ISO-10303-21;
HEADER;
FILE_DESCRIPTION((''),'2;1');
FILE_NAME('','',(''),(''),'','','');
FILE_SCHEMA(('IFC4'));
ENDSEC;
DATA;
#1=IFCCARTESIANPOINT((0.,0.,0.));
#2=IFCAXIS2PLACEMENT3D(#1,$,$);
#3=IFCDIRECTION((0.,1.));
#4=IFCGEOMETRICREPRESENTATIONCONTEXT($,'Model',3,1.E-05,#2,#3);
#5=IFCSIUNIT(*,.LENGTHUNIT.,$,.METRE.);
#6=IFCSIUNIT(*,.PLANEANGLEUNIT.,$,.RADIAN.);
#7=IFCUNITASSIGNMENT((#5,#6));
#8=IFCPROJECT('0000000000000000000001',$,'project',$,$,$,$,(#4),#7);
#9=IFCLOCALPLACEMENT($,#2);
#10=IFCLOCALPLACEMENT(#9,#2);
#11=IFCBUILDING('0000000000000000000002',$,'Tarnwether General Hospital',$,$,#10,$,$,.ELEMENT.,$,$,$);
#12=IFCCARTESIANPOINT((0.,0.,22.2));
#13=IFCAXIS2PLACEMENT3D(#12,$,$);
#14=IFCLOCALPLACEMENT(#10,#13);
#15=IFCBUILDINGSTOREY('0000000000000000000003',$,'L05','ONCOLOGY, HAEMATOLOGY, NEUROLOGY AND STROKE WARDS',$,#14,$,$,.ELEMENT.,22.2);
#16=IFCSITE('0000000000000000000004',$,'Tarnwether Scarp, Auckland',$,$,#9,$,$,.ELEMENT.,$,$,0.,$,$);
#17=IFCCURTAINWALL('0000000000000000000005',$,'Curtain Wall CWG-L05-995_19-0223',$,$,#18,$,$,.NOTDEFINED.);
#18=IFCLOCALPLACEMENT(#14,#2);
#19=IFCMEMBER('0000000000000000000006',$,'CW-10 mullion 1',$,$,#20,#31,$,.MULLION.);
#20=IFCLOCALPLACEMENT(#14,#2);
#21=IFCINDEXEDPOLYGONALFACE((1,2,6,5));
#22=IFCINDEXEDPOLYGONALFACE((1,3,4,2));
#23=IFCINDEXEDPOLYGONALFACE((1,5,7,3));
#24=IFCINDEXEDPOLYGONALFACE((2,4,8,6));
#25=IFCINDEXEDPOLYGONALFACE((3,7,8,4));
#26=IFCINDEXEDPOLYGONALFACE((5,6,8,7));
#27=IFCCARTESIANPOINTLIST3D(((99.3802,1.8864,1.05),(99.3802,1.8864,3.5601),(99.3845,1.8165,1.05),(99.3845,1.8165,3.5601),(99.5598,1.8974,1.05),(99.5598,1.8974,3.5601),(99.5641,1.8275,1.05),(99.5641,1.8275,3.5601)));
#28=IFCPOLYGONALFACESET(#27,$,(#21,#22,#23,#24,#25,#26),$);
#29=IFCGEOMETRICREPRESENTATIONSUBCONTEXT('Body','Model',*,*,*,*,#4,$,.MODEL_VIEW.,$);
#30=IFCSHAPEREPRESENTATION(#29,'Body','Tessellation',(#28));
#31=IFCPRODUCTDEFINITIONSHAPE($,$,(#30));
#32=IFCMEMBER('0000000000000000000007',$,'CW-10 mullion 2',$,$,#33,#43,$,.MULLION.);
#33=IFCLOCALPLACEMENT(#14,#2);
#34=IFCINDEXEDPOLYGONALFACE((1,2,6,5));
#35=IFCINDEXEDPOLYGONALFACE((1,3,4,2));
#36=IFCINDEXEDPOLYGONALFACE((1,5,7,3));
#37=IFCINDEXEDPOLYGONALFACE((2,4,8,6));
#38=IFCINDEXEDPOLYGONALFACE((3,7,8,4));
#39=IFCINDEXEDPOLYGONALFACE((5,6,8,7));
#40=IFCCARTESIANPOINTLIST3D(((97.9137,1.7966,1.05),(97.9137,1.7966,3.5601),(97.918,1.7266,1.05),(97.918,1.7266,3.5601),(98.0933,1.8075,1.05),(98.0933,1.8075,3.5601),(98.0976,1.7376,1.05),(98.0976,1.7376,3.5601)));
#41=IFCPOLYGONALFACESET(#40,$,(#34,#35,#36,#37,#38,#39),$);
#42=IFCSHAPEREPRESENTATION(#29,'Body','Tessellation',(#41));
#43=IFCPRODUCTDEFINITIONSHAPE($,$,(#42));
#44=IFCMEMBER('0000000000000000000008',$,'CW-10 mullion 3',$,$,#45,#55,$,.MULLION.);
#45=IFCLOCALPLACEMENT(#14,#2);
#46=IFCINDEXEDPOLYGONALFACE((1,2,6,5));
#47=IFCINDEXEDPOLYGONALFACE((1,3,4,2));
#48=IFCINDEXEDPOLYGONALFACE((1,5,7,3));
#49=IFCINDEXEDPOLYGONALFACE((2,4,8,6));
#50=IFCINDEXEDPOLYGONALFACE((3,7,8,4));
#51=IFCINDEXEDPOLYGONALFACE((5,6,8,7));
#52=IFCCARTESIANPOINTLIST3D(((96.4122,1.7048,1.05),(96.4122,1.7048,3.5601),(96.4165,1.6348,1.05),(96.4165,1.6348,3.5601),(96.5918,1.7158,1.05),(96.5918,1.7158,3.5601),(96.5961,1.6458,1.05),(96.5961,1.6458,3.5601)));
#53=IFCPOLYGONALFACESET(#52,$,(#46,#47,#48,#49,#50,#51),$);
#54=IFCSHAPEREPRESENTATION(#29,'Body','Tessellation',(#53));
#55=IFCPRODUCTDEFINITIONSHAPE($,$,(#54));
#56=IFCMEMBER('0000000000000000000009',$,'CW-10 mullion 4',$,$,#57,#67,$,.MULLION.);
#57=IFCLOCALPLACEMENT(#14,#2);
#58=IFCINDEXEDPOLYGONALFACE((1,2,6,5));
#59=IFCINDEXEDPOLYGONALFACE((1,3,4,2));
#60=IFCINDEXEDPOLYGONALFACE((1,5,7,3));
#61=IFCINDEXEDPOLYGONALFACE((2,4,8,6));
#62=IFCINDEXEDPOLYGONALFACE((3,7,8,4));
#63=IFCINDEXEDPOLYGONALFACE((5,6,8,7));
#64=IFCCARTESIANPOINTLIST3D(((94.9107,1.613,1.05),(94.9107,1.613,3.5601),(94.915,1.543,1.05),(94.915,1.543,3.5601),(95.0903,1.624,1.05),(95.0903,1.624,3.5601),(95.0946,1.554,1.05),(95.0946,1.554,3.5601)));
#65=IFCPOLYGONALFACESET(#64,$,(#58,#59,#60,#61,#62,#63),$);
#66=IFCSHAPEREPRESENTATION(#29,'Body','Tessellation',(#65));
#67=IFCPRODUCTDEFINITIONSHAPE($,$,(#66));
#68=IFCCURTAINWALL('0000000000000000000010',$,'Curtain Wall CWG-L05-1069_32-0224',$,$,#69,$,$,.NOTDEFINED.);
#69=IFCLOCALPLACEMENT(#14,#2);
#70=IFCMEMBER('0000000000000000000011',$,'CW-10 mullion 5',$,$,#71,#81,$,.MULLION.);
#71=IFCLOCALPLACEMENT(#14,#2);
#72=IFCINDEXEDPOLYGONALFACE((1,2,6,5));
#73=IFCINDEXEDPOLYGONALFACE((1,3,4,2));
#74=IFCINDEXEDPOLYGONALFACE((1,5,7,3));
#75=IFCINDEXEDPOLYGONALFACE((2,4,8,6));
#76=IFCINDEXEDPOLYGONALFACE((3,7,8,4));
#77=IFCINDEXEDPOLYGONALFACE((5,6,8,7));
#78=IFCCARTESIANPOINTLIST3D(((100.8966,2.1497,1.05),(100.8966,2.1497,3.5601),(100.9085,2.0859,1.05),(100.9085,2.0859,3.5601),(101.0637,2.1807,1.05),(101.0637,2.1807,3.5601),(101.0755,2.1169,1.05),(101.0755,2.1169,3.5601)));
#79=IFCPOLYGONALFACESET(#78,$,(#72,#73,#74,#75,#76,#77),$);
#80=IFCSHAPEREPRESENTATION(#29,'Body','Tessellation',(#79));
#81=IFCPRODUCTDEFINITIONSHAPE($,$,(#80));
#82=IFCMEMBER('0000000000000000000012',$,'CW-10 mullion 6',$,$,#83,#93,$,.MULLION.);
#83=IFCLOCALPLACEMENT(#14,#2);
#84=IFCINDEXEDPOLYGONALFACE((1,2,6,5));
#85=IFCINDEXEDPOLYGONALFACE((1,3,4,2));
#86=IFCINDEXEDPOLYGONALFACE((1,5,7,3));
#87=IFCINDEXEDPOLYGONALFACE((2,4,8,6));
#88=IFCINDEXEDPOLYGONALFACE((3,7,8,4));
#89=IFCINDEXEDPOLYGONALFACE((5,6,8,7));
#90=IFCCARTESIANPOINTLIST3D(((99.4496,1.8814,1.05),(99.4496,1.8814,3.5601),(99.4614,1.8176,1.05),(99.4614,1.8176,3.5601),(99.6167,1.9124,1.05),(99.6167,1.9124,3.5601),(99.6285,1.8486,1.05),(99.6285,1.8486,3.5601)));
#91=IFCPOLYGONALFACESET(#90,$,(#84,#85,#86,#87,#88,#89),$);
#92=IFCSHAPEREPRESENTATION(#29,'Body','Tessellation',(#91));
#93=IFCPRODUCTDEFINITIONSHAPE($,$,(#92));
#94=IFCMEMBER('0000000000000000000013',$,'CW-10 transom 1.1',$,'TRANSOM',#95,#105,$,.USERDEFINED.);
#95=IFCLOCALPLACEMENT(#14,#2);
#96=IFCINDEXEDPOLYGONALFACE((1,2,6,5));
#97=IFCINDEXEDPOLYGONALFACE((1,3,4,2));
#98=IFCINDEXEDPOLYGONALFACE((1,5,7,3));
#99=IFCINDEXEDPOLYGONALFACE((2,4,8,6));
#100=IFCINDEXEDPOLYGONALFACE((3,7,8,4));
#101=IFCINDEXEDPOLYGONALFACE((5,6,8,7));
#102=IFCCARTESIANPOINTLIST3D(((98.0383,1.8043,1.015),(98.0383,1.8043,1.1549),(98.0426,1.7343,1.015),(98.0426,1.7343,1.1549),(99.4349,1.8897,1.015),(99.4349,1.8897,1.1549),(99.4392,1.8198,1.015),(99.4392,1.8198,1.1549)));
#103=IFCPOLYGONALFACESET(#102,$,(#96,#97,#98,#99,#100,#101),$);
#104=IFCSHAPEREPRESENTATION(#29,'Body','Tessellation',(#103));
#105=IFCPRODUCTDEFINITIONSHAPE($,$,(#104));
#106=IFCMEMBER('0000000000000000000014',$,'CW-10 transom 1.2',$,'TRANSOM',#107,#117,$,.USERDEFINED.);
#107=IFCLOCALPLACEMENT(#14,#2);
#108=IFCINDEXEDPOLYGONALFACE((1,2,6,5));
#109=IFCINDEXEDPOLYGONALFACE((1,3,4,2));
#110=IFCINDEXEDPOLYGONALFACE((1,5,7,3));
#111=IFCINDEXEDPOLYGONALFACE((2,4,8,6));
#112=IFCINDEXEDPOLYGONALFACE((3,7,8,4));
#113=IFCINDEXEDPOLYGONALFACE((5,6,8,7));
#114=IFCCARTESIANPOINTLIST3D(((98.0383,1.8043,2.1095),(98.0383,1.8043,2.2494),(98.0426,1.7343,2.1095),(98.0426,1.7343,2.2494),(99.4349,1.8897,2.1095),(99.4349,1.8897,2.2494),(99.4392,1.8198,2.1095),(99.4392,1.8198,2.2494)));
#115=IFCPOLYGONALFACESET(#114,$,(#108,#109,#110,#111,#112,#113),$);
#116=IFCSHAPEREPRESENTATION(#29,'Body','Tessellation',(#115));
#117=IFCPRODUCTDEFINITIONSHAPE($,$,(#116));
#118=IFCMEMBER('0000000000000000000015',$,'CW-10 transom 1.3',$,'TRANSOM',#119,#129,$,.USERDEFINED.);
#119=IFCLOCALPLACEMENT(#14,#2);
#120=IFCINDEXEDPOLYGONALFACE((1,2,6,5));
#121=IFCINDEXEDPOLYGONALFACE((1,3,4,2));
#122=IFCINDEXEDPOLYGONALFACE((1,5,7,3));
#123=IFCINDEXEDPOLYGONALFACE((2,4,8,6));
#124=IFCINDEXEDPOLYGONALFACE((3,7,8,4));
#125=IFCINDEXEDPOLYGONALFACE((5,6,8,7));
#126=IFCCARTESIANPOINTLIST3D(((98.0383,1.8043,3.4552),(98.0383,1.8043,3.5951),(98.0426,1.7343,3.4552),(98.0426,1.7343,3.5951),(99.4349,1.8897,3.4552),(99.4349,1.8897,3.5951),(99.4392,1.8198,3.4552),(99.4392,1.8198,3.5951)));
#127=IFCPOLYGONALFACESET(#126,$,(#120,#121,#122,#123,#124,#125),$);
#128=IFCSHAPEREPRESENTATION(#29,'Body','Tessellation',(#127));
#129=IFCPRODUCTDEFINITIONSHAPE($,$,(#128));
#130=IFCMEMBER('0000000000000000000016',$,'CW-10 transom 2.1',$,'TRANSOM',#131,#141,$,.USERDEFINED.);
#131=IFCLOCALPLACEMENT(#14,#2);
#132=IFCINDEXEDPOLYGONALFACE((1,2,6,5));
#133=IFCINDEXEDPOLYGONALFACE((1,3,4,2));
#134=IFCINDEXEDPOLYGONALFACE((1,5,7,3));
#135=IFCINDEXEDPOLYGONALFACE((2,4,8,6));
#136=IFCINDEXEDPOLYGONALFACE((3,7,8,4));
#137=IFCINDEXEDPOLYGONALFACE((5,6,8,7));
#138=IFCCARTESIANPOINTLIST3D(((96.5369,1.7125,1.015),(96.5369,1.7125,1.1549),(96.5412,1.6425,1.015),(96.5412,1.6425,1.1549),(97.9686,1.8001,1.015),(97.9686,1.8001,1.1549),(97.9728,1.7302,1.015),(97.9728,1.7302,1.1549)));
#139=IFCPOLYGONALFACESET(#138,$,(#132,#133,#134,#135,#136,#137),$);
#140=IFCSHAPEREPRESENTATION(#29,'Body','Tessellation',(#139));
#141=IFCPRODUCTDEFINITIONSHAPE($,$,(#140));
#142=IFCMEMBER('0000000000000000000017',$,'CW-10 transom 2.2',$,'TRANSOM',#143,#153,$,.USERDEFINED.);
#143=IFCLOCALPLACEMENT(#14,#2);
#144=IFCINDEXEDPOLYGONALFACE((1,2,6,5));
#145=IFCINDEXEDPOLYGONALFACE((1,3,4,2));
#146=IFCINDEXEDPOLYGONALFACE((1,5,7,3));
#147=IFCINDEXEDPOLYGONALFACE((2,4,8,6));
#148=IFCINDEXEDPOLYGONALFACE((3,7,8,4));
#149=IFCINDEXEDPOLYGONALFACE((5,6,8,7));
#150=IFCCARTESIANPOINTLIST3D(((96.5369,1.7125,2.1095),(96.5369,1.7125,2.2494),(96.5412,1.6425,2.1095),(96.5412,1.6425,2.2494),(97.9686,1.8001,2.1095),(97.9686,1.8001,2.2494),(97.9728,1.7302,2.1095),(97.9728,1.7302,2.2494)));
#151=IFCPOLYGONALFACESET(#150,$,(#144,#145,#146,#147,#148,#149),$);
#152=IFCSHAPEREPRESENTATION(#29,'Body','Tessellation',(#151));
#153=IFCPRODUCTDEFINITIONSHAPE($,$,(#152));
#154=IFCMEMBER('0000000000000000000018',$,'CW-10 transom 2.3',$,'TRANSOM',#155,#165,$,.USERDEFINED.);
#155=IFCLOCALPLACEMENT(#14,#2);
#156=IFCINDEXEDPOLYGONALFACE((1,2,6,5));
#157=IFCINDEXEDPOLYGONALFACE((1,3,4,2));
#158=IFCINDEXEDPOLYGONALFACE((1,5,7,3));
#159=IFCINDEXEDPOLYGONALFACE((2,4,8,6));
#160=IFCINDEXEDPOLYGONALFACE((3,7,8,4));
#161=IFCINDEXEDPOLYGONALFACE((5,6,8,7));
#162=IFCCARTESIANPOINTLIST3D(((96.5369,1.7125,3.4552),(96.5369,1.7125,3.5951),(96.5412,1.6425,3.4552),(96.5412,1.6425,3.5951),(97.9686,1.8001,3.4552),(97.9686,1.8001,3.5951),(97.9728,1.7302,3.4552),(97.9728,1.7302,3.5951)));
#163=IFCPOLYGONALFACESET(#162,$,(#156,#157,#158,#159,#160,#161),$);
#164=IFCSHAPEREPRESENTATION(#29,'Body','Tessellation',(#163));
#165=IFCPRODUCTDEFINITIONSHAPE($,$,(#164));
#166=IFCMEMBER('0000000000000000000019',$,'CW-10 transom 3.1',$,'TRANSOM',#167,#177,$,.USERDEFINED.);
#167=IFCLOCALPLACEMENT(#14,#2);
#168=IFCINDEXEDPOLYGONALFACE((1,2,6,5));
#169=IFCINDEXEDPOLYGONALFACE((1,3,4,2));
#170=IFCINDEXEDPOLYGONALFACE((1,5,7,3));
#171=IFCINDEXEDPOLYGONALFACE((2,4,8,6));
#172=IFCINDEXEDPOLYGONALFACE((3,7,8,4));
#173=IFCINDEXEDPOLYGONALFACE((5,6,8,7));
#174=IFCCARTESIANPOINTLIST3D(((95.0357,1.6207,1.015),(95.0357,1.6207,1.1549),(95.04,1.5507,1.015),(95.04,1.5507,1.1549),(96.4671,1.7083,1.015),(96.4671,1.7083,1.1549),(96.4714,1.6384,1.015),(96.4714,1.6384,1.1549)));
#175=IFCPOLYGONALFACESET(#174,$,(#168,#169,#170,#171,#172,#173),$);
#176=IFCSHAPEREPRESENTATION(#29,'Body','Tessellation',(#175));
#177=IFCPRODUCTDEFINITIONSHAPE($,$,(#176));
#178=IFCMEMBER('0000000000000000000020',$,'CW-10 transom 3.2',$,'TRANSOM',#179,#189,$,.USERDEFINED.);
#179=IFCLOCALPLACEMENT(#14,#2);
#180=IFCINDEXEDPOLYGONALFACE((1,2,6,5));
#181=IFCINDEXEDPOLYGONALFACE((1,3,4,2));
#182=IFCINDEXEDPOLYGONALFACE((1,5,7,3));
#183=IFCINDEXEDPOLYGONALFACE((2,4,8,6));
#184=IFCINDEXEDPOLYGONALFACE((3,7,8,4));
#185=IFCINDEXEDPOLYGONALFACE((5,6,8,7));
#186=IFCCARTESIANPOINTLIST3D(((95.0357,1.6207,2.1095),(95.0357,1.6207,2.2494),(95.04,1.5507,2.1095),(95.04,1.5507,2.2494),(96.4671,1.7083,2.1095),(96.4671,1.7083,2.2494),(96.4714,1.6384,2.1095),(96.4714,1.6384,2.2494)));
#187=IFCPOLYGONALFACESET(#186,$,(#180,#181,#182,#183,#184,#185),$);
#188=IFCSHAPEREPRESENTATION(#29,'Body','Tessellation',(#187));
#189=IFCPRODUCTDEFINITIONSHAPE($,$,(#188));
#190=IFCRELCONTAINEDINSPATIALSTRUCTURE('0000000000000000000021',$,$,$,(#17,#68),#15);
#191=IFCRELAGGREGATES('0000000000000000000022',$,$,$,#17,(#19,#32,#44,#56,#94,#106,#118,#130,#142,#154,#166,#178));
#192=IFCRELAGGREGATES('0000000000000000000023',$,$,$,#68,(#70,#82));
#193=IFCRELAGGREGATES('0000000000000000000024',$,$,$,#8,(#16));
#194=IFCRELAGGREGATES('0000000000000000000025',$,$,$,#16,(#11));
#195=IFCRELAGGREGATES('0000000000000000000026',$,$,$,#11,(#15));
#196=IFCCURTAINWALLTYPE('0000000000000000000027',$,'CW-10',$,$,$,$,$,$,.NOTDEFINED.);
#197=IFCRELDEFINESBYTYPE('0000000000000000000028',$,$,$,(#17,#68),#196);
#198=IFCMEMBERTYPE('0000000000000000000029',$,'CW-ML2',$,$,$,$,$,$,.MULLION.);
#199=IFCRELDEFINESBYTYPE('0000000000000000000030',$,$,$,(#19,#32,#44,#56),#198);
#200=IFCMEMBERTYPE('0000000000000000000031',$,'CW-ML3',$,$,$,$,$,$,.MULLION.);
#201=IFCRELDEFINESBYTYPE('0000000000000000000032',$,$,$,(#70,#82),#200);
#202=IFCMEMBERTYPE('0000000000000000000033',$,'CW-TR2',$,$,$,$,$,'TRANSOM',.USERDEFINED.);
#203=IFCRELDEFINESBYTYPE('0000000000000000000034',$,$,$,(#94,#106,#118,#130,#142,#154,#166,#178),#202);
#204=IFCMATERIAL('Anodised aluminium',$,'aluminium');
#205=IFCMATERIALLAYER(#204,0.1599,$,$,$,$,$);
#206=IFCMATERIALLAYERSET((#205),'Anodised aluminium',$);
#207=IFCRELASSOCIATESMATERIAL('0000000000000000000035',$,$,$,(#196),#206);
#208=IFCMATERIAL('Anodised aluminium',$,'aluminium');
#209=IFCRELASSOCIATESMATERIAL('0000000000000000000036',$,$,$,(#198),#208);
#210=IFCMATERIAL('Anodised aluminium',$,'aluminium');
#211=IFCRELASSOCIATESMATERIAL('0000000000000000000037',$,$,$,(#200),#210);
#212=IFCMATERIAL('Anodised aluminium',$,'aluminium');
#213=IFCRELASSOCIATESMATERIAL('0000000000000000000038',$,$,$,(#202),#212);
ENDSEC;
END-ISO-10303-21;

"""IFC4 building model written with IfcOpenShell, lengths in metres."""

from ifc_helpers import new_model, si_unit, direction, frame, origin, origin_2d, place, context, subcontext, project, spatial, rectangle, extrude, material, layer, layer_set, material_profile, profile_set, type_object, element, aggregate, save


model = new_model("IFC4")

# Units and contexts
model_context = context("Model", 3, precision=1e-05, world=origin(), true_north=direction((0.0, 1.0)))
body_context = subcontext(model_context, "Body", "Model", "MODEL_VIEW")
ifc_project = project(units=[si_unit("LENGTHUNIT", "METRE"), si_unit("PLANEANGLEUNIT", "RADIAN")], contexts=[model_context])

# Site, building, storey
site_placement = place(None, origin())
site = spatial("IfcSite", under=ifc_project, at=site_placement, Name="Tarnwether Scarp, Auckland", CompositionType="ELEMENT", RefElevation=0.0)
building_placement = place(site_placement, origin())
building = spatial("IfcBuilding", under=site, at=building_placement, Name="Tarnwether General Hospital", CompositionType="ELEMENT")
storey_placement = place(building_placement, frame((0.0, 0.0, 22.2)))
storey = spatial("IfcBuildingStorey", under=building, at=storey_placement, Name="L05", Description="ONCOLOGY, HAEMATOLOGY, NEUROLOGY AND STROKE WARDS", CompositionType="ELEMENT", Elevation=22.2)

# Curtain walls, members
ifc_material_1 = material(Name="Anodised aluminium", Category="aluminium")
ifc_layer_1 = layer(ifc_material_1, 0.1599)
ifc_layer_set_1 = layer_set([ifc_layer_1], Name="Anodised aluminium")
curtain_wall_type = type_object("IfcCurtainWallType", Name="CW-10", PredefinedType="NOTDEFINED", material=ifc_layer_set_1)
curtain_wall_1_placement = place(storey_placement, origin())
curtain_wall_1 = element("IfcCurtainWall", 1, at=curtain_wall_1_placement, inside=storey, type_object=curtain_wall_type, Name="Curtain Wall CWG-L05-995_19-0223", PredefinedType="NOTDEFINED")
ifc_material_2 = material(Name="Anodised aluminium", Category="aluminium")
ifc_material_profile_1 = material_profile(ifc_material_2, rectangle(XDim=0.0701, YDim=0.1799, at=origin_2d()), Name="ALU-MUL-70x180")
ifc_profile_set_1 = profile_set([ifc_material_profile_1], Name="Anodised aluminium")
member_type_1 = type_object("IfcMemberType", Name="CW-ML2", PredefinedType="MULLION", material=ifc_profile_set_1)
member_1_placement = place(storey_placement, frame((99.4722, 1.8569, 1.05), z_axis=(0.0, 0.0, 1.0), x_axis=(0.061029, -0.998136, 0.0)))
member_1 = element("IfcMember", 2, at=member_1_placement, type_object=member_type_1, Name="CW-10 mullion 1", PredefinedType="MULLION", context=body_context, shape_type="SweptSolid", body=[
    extrude(rectangle(XDim=0.0701, YDim=0.1799, at=origin_2d()), origin(), (0.0, 0.0, 1.0), 2.51),
])
member_2_placement = place(storey_placement, frame((98.0056, 1.7671, 1.05), z_axis=(0.0, 0.0, 1.0), x_axis=(0.061029, -0.998136, 0.0)))
member_2 = element("IfcMember", 3, at=member_2_placement, type_object=member_type_1, Name="CW-10 mullion 2", PredefinedType="MULLION", context=body_context, shape_type="SweptSolid", body=[
    extrude(rectangle(XDim=0.0701, YDim=0.1799, at=origin_2d()), origin(), (0.0, 0.0, 1.0), 2.51),
])
member_3_placement = place(storey_placement, frame((96.5042, 1.6753, 1.05), z_axis=(0.0, 0.0, 1.0), x_axis=(0.061029, -0.998136, 0.0)))
member_3 = element("IfcMember", 4, at=member_3_placement, type_object=member_type_1, Name="CW-10 mullion 3", PredefinedType="MULLION", context=body_context, shape_type="SweptSolid", body=[
    extrude(rectangle(XDim=0.0701, YDim=0.1799, at=origin_2d()), origin(), (0.0, 0.0, 1.0), 2.51),
])
member_4_placement = place(storey_placement, frame((95.0027, 1.5835, 1.05), z_axis=(0.0, 0.0, 1.0), x_axis=(0.061029, -0.998136, 0.0)))
member_4 = element("IfcMember", 5, at=member_4_placement, type_object=member_type_1, Name="CW-10 mullion 4", PredefinedType="MULLION", context=body_context, shape_type="SweptSolid", body=[
    extrude(rectangle(XDim=0.0701, YDim=0.1799, at=origin_2d()), origin(), (0.0, 0.0, 1.0), 2.51),
])
curtain_wall_2_placement = place(storey_placement, origin())
curtain_wall_2 = element("IfcCurtainWall", 6, at=curtain_wall_2_placement, inside=storey, type_object=curtain_wall_type, Name="Curtain Wall CWG-L05-1069_32-0224", PredefinedType="NOTDEFINED")
ifc_material_3 = material(Name="Anodised aluminium", Category="aluminium")
ifc_material_profile_2 = material_profile(ifc_material_3, rectangle(XDim=0.0649, YDim=0.1699, at=origin_2d()), Name="ALU-MUL-65x170")
ifc_profile_set_2 = profile_set([ifc_material_profile_2], Name="Anodised aluminium")
member_type_2 = type_object("IfcMemberType", Name="CW-ML3", PredefinedType="MULLION", material=ifc_profile_set_2)
member_5_placement = place(storey_placement, frame((100.9861, 2.1333, 1.05), z_axis=(0.0, 0.0, 1.0), x_axis=(0.182289, -0.983245, 0.0)))
member_5 = element("IfcMember", 7, at=member_5_placement, type_object=member_type_2, Name="CW-10 mullion 5", PredefinedType="MULLION", context=body_context, shape_type="SweptSolid", body=[
    extrude(rectangle(XDim=0.0649, YDim=0.1699, at=origin_2d()), origin(), (0.0, 0.0, 1.0), 2.51),
])
member_6_placement = place(storey_placement, frame((99.5391, 1.865, 1.05), z_axis=(0.0, 0.0, 1.0), x_axis=(0.182289, -0.983245, 0.0)))
member_6 = element("IfcMember", 8, at=member_6_placement, type_object=member_type_2, Name="CW-10 mullion 6", PredefinedType="MULLION", context=body_context, shape_type="SweptSolid", body=[
    extrude(rectangle(XDim=0.0649, YDim=0.1699, at=origin_2d()), origin(), (0.0, 0.0, 1.0), 2.51),
])

# Members
ifc_material_4 = material(Name="Anodised aluminium", Category="aluminium")
ifc_material_profile_3 = material_profile(ifc_material_4, rectangle(XDim=0.0701, YDim=0.1399, at=origin_2d()), Name="ALU-TRN-70x140")
ifc_profile_set_3 = profile_set([ifc_material_profile_3], Name="Anodised aluminium")
member_type_3 = type_object("IfcMemberType", Name="CW-TR2", ElementType="TRANSOM", PredefinedType="USERDEFINED", material=ifc_profile_set_3)
member_7_placement = place(storey_placement, frame((99.437, 1.8547, 1.085), z_axis=(-0.998133, -0.061075, 0.0), x_axis=(0.061075, -0.998133, 0.0)))
member_7 = element("IfcMember", 9, at=member_7_placement, type_object=member_type_3, Name="CW-10 transom 1.1", ObjectType="TRANSOM", PredefinedType="USERDEFINED", context=body_context, shape_type="SweptSolid", body=[
    extrude(rectangle(XDim=0.0701, YDim=0.1399, at=origin_2d()), origin(), (0.0, 0.0, 1.0), 1.3992),
])
member_8_placement = place(storey_placement, frame((99.437, 1.8547, 2.1794), z_axis=(-0.998133, -0.061075, 0.0), x_axis=(0.061075, -0.998133, 0.0)))
member_8 = element("IfcMember", 10, at=member_8_placement, type_object=member_type_3, Name="CW-10 transom 1.2", ObjectType="TRANSOM", PredefinedType="USERDEFINED", context=body_context, shape_type="SweptSolid", body=[
    extrude(rectangle(XDim=0.0701, YDim=0.1399, at=origin_2d()), origin(), (0.0, 0.0, 1.0), 1.3992),
])
member_9_placement = place(storey_placement, frame((99.437, 1.8547, 3.5251), z_axis=(-0.998133, -0.061075, 0.0), x_axis=(0.061075, -0.998133, 0.0)))
member_9 = element("IfcMember", 11, at=member_9_placement, type_object=member_type_3, Name="CW-10 transom 1.3", ObjectType="TRANSOM", PredefinedType="USERDEFINED", context=body_context, shape_type="SweptSolid", body=[
    extrude(rectangle(XDim=0.0701, YDim=0.1399, at=origin_2d()), origin(), (0.0, 0.0, 1.0), 1.3992),
])
member_10_placement = place(storey_placement, frame((97.9707, 1.7651, 1.085), z_axis=(-0.998131, -0.061107, 0.0), x_axis=(0.061107, -0.998131, 0.0)))
member_10 = element("IfcMember", 12, at=member_10_placement, type_object=member_type_3, Name="CW-10 transom 2.1", ObjectType="TRANSOM", PredefinedType="USERDEFINED", context=body_context, shape_type="SweptSolid", body=[
    extrude(rectangle(XDim=0.0701, YDim=0.1399, at=origin_2d()), origin(), (0.0, 0.0, 1.0), 1.4343),
])
member_11_placement = place(storey_placement, frame((97.9707, 1.7651, 2.1794), z_axis=(-0.998131, -0.061107, 0.0), x_axis=(0.061107, -0.998131, 0.0)))
member_11 = element("IfcMember", 13, at=member_11_placement, type_object=member_type_3, Name="CW-10 transom 2.2", ObjectType="TRANSOM", PredefinedType="USERDEFINED", context=body_context, shape_type="SweptSolid", body=[
    extrude(rectangle(XDim=0.0701, YDim=0.1399, at=origin_2d()), origin(), (0.0, 0.0, 1.0), 1.4343),
])
member_12_placement = place(storey_placement, frame((97.9707, 1.7651, 3.5251), z_axis=(-0.998131, -0.061107, 0.0), x_axis=(0.061107, -0.998131, 0.0)))
member_12 = element("IfcMember", 14, at=member_12_placement, type_object=member_type_3, Name="CW-10 transom 2.3", ObjectType="TRANSOM", PredefinedType="USERDEFINED", context=body_context, shape_type="SweptSolid", body=[
    extrude(rectangle(XDim=0.0701, YDim=0.1399, at=origin_2d()), origin(), (0.0, 0.0, 1.0), 1.4343),
])
member_13_placement = place(storey_placement, frame((96.4692, 1.6733, 1.085), z_axis=(-0.998131, -0.061117, 0.0), x_axis=(0.061117, -0.998131, 0.0)))
member_13 = element("IfcMember", 15, at=member_13_placement, type_object=member_type_3, Name="CW-10 transom 3.1", ObjectType="TRANSOM", PredefinedType="USERDEFINED", context=body_context, shape_type="SweptSolid", body=[
    extrude(rectangle(XDim=0.0701, YDim=0.1399, at=origin_2d()), origin(), (0.0, 0.0, 1.0), 1.4341),
])
member_14_placement = place(storey_placement, frame((96.4692, 1.6733, 2.1794), z_axis=(-0.998131, -0.061117, 0.0), x_axis=(0.061117, -0.998131, 0.0)))
member_14 = element("IfcMember", 16, at=member_14_placement, type_object=member_type_3, Name="CW-10 transom 3.2", ObjectType="TRANSOM", PredefinedType="USERDEFINED", context=body_context, shape_type="SweptSolid", body=[
    extrude(rectangle(XDim=0.0701, YDim=0.1399, at=origin_2d()), origin(), (0.0, 0.0, 1.0), 1.4341),
])

aggregate(curtain_wall_1, [member_1, member_2, member_3, member_4, member_7, member_8, member_9, member_10, member_11, member_12, member_13, member_14])
aggregate(curtain_wall_2, [member_5, member_6])

save(model, "model.ifc")
